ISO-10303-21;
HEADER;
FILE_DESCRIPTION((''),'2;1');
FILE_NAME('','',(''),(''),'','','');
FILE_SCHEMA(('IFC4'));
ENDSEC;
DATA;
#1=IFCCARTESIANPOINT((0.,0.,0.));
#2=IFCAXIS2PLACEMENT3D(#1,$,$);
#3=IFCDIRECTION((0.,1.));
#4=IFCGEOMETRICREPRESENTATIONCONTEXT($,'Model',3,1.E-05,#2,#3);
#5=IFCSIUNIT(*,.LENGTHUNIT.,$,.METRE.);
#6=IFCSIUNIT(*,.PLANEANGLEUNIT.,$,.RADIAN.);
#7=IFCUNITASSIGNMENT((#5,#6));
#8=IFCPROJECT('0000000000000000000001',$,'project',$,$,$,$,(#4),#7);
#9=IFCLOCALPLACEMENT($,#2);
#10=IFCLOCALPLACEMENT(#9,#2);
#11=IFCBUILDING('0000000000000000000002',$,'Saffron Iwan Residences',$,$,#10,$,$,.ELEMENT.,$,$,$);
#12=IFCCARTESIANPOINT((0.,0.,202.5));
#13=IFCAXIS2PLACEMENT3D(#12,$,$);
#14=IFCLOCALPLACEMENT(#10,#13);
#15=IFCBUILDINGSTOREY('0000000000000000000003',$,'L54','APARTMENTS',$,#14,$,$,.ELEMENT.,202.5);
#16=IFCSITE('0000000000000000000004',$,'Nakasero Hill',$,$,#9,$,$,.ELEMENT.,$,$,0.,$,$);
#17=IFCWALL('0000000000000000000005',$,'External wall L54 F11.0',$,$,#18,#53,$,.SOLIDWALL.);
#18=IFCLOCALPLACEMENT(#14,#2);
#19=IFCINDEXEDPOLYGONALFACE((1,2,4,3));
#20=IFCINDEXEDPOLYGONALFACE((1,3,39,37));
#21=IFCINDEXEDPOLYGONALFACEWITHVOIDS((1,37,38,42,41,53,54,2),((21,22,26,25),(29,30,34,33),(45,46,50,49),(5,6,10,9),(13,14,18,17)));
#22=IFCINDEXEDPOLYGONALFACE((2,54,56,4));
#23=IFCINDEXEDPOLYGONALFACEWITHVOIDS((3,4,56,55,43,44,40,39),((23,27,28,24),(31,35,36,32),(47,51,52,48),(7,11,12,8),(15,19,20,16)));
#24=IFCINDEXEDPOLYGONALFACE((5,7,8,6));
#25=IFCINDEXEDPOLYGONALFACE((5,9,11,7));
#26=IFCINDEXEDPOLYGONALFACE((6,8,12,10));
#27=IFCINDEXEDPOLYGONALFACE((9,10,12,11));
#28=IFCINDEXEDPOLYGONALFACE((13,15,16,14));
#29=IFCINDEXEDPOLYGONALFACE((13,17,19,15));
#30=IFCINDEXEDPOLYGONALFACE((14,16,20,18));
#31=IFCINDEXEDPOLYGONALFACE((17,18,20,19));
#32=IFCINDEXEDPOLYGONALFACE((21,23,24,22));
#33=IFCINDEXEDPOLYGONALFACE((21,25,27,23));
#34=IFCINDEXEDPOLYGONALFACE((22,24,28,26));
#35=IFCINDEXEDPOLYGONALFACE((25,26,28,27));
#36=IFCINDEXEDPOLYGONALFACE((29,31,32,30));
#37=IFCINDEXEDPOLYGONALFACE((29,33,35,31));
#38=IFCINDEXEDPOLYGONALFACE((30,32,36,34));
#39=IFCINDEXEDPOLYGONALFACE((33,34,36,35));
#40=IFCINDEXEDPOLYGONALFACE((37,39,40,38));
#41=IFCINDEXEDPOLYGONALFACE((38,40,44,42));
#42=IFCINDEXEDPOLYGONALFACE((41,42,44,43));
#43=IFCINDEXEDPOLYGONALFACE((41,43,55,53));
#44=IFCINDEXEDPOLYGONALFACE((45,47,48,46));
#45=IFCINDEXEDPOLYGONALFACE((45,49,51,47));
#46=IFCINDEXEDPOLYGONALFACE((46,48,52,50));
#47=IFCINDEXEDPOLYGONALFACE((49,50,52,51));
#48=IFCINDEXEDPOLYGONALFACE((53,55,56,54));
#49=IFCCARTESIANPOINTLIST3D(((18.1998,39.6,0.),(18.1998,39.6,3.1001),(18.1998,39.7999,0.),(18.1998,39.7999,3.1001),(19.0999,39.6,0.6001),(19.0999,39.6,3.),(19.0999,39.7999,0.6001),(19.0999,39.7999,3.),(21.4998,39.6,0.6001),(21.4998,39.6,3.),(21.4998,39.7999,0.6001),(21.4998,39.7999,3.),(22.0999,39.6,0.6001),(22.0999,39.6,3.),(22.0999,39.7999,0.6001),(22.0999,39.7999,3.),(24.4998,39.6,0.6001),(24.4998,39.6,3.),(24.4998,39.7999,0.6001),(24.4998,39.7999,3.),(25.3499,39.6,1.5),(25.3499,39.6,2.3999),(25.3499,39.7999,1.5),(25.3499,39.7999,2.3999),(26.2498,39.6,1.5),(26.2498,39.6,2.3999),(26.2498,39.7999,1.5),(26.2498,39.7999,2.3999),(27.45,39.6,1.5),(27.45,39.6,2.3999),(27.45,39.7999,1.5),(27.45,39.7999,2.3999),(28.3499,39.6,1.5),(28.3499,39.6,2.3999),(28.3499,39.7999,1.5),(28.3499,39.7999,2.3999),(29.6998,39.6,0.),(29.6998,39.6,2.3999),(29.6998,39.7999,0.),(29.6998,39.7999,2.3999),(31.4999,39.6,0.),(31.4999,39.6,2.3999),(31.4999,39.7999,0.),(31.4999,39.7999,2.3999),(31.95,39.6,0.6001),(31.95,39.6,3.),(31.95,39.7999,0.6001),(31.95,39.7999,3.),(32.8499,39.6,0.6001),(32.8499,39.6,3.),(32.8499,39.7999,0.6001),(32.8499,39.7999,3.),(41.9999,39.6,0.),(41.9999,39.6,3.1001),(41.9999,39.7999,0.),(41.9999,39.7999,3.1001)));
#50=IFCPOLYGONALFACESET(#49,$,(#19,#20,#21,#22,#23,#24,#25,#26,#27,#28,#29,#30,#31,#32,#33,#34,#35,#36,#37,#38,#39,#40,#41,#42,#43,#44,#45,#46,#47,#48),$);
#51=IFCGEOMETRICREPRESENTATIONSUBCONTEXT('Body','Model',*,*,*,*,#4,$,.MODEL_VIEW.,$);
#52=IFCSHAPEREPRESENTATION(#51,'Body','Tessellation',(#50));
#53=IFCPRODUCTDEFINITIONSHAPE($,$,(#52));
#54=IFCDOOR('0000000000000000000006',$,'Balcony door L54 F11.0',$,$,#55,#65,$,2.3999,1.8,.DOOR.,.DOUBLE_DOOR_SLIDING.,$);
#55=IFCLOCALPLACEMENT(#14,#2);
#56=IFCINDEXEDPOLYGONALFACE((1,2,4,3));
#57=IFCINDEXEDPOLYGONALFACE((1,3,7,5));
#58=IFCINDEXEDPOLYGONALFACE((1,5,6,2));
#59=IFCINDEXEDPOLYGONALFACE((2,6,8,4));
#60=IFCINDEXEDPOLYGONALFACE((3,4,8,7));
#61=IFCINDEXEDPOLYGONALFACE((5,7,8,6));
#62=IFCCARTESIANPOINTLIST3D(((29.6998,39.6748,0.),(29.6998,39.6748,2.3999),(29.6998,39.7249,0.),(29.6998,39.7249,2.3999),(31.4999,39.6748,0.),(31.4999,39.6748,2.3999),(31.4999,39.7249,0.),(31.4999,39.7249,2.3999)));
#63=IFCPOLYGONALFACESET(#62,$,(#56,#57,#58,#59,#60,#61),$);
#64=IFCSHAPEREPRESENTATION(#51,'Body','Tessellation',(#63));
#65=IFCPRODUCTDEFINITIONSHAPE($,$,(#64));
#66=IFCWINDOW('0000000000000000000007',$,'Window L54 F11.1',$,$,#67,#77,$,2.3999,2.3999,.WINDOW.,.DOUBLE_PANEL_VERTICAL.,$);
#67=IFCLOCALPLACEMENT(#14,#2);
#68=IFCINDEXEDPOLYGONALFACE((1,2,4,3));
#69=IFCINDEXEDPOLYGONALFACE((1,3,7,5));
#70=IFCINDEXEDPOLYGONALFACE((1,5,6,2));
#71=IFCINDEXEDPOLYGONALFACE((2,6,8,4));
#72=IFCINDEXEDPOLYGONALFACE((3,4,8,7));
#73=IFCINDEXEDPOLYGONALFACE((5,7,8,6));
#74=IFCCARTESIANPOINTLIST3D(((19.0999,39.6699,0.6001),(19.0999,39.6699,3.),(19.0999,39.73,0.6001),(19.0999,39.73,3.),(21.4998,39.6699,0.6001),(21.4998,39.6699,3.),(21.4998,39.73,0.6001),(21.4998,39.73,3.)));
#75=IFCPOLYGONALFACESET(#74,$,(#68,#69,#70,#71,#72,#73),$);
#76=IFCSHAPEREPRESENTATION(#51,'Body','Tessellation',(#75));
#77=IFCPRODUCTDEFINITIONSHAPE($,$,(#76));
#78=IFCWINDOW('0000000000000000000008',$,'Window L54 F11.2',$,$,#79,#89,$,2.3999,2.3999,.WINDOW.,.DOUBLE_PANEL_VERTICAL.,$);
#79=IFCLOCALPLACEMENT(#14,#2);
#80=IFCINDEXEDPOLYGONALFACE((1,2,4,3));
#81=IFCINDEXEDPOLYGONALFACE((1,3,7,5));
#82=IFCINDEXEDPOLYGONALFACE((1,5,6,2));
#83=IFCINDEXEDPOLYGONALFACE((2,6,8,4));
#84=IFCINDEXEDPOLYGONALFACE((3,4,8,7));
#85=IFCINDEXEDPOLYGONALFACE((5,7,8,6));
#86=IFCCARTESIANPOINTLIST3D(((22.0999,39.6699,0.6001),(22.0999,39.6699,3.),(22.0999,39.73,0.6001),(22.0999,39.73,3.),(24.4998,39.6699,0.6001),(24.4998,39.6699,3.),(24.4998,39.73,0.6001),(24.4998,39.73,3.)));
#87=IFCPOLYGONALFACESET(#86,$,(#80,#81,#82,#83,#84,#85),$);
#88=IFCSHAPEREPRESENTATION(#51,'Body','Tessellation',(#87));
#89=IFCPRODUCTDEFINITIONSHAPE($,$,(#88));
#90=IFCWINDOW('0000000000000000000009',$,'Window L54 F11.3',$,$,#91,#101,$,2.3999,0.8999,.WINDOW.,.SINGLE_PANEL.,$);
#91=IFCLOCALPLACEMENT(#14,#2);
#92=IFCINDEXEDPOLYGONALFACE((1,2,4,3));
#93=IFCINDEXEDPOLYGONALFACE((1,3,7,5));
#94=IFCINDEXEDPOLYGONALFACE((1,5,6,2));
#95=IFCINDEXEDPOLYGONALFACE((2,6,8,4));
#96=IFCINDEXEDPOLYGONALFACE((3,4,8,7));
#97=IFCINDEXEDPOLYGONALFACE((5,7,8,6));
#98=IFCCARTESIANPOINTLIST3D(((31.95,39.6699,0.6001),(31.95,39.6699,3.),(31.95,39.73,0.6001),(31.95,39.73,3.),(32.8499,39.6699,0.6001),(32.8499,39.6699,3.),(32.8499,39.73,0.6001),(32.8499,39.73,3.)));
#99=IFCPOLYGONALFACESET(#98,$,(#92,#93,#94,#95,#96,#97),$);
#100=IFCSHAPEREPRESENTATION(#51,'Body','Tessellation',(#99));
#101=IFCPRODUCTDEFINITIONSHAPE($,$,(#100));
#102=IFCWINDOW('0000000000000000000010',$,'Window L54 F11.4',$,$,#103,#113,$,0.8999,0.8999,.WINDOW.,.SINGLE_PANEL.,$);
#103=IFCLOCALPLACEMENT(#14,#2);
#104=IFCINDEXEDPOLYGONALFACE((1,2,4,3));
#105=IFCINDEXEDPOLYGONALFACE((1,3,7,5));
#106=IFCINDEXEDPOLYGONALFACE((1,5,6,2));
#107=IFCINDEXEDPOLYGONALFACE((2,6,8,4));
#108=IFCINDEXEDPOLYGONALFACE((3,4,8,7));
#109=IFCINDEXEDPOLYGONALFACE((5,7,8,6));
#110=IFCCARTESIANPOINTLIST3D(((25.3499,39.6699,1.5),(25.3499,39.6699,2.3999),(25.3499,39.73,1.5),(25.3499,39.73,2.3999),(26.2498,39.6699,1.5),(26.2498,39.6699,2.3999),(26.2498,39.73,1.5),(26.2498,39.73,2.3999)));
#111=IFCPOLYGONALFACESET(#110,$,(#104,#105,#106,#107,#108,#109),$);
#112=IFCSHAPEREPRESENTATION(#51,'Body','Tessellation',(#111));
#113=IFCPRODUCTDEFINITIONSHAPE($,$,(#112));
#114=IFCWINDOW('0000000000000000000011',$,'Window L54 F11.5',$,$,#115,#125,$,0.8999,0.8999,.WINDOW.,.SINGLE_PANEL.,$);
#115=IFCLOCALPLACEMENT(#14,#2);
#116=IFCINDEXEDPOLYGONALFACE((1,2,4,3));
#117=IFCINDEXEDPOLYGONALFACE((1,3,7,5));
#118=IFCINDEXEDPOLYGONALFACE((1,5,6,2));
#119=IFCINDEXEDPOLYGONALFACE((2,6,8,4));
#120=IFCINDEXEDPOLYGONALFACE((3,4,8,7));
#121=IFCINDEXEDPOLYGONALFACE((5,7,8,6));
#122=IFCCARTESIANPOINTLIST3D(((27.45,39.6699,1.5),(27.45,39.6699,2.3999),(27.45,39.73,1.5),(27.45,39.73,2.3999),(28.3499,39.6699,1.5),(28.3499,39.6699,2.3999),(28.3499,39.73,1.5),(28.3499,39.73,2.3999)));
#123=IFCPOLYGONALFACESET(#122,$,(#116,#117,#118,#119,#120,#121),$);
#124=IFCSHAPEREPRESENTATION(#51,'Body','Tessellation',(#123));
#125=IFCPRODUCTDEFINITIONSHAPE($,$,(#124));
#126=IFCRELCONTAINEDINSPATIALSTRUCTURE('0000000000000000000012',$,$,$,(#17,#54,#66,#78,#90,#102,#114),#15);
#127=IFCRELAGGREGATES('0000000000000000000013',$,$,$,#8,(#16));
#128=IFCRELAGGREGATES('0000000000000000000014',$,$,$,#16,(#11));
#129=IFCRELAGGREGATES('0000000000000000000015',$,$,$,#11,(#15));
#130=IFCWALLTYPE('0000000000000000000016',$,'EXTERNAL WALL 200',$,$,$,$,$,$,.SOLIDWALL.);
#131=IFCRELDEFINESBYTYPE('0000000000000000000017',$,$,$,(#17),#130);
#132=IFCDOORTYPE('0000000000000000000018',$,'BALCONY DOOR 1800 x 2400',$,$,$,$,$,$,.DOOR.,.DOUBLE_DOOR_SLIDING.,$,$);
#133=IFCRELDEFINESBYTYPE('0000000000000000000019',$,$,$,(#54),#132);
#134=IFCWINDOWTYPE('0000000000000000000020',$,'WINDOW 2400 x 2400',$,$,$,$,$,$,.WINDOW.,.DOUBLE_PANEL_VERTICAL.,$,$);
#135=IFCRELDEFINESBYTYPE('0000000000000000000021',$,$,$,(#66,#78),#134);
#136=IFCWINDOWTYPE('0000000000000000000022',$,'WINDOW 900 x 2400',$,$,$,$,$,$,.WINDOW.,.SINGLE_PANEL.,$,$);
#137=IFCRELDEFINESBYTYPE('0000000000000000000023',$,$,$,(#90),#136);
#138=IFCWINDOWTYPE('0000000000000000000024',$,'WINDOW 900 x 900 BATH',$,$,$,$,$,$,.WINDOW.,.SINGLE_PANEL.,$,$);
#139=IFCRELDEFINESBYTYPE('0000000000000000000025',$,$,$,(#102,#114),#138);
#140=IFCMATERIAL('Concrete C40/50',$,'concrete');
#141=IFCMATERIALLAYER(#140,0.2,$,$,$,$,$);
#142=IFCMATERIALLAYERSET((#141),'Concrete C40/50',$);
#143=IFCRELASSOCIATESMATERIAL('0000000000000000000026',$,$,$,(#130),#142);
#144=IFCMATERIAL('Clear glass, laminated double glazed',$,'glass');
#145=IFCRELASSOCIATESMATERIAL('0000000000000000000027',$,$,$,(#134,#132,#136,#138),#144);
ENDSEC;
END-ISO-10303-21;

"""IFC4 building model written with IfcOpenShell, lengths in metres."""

from ifc_helpers import new_model, si_unit, direction, frame, frame_2d, origin, place, context, subcontext, project, spatial, rectangle, extrude, material, layer, layer_set, type_object, element, fill, save


model = new_model("IFC4")

# Units and contexts
model_context = context("Model", 3, precision=1e-05, world=origin(), true_north=direction((0.0, 1.0)))
body_context = subcontext(model_context, "Body", "Model", "MODEL_VIEW")
ifc_project = project(units=[si_unit("LENGTHUNIT", "METRE"), si_unit("PLANEANGLEUNIT", "RADIAN")], contexts=[model_context])

# Site, building, storey
site_placement = place(None, origin())
site = spatial("IfcSite", under=ifc_project, at=site_placement, Name="Nakasero Hill", CompositionType="ELEMENT", RefElevation=0.0)
building_placement = place(site_placement, origin())
building = spatial("IfcBuilding", under=site, at=building_placement, Name="Saffron Iwan Residences", CompositionType="ELEMENT")
storey_placement = place(building_placement, frame((0.0, 0.0, 202.5)))
storey = spatial("IfcBuildingStorey", under=building, at=storey_placement, Name="L54", Description="APARTMENTS", CompositionType="ELEMENT", Elevation=202.5)

# Shared definitions
ifc_material_1 = material(Name="Concrete C40/50", Category="concrete")
ifc_layer_1 = layer(ifc_material_1, 0.2)
ifc_layer_set_1 = layer_set([ifc_layer_1], Name="Concrete C40/50")
wall_type_1 = type_object("IfcWallType", Name="EXTERNAL WALL 200", PredefinedType="SOLIDWALL", material=ifc_layer_set_1)
ifc_material_2 = material(Name="Clear glass, laminated double glazed", Category="glass")
window_type_1 = type_object("IfcWindowType", Name="WINDOW 2400 x 2400", PartitioningType="DOUBLE_PANEL_VERTICAL", PredefinedType="WINDOW", material=ifc_material_2)

# Wall, openings, door, windows
wall_1_placement = place(storey_placement, frame((18.2, 39.7, 0.0), z_axis=(0.0, 0.0, 1.0), x_axis=(1.0, 0.0, 0.0)))
wall_1 = element("IfcWall", 1, at=wall_1_placement, inside=storey, type_object=wall_type_1, Name="External wall L54 F11.0", PredefinedType="SOLIDWALL", context=body_context, shape_type="SweptSolid", body=[
    extrude(rectangle(XDim=23.8, YDim=0.2, at=frame_2d((11.8999, 0.0))), origin(), (0.0, 0.0, 1.0), 3.1001),
])
opening_1_placement = place(wall_1_placement, frame((11.5, 0.0, 0.0)))
opening_1 = element("IfcOpeningElement", 2, at=opening_1_placement, cuts=wall_1, PredefinedType="OPENING", context=body_context, shape_type="SweptSolid", body=[
    extrude(rectangle(XDim=1.8, YDim=2.3999, at=frame_2d((0.8999, 1.2))), frame((0.0, 0.1099, 0.0), z_axis=(0.0, -1.0, 0.0), x_axis=(1.0, 0.0, 0.0)), (0.0, 0.0, 1.0), 0.22),
])
opening_2_placement = place(wall_1_placement, frame((0.8999, 0.0, 0.6001)))
opening_2 = element("IfcOpeningElement", 3, at=opening_2_placement, cuts=wall_1, PredefinedType="OPENING", context=body_context, shape_type="SweptSolid", body=[
    extrude(rectangle(XDim=2.3999, YDim=2.3999, at=frame_2d((1.2, 1.2))), frame((0.0, 0.1099, 0.0), z_axis=(0.0, -1.0, 0.0), x_axis=(1.0, 0.0, 0.0)), (0.0, 0.0, 1.0), 0.22),
])
opening_3_placement = place(wall_1_placement, frame((3.8999, 0.0, 0.6001)))
opening_3 = element("IfcOpeningElement", 4, at=opening_3_placement, cuts=wall_1, PredefinedType="OPENING", context=body_context, shape_type="SweptSolid", body=[
    extrude(rectangle(XDim=2.3999, YDim=2.3999, at=frame_2d((1.2, 1.2))), frame((0.0, 0.1099, 0.0), z_axis=(0.0, -1.0, 0.0), x_axis=(1.0, 0.0, 0.0)), (0.0, 0.0, 1.0), 0.22),
])
opening_4_placement = place(wall_1_placement, frame((13.75, 0.0, 0.6001)))
opening_4 = element("IfcOpeningElement", 5, at=opening_4_placement, cuts=wall_1, PredefinedType="OPENING", context=body_context, shape_type="SweptSolid", body=[
    extrude(rectangle(XDim=0.8999, YDim=2.3999, at=frame_2d((0.45, 1.2))), frame((0.0, 0.1099, 0.0), z_axis=(0.0, -1.0, 0.0), x_axis=(1.0, 0.0, 0.0)), (0.0, 0.0, 1.0), 0.22),
])
opening_5_placement = place(wall_1_placement, frame((7.1499, 0.0, 1.5)))
opening_5 = element("IfcOpeningElement", 6, at=opening_5_placement, cuts=wall_1, PredefinedType="OPENING", context=body_context, shape_type="SweptSolid", body=[
    extrude(rectangle(XDim=0.8999, YDim=0.8999, at=frame_2d((0.45, 0.45))), frame((0.0, 0.1099, 0.0), z_axis=(0.0, -1.0, 0.0), x_axis=(1.0, 0.0, 0.0)), (0.0, 0.0, 1.0), 0.22),
])
opening_6_placement = place(wall_1_placement, frame((9.25, 0.0, 1.5)))
opening_6 = element("IfcOpeningElement", 7, at=opening_6_placement, cuts=wall_1, PredefinedType="OPENING", context=body_context, shape_type="SweptSolid", body=[
    extrude(rectangle(XDim=0.8999, YDim=0.8999, at=frame_2d((0.45, 0.45))), frame((0.0, 0.1099, 0.0), z_axis=(0.0, -1.0, 0.0), x_axis=(1.0, 0.0, 0.0)), (0.0, 0.0, 1.0), 0.22),
])
door_type_1 = type_object("IfcDoorType", Name="BALCONY DOOR 1800 x 2400", OperationType="DOUBLE_DOOR_SLIDING", PredefinedType="DOOR", material=ifc_material_2)
door_1_placement = place(opening_1_placement, origin())
door_1 = element("IfcDoor", 8, at=door_1_placement, inside=storey, type_object=door_type_1, Name="Balcony door L54 F11.0", OperationType="DOUBLE_DOOR_SLIDING", OverallHeight=2.3999, OverallWidth=1.8, PredefinedType="DOOR", context=body_context, shape_type="SweptSolid", body=[
    extrude(rectangle(XDim=1.8, YDim=2.3999, at=frame_2d((0.8999, 1.2))), frame((0.0, 0.0249, 0.0), z_axis=(0.0, -1.0, 0.0), x_axis=(1.0, 0.0, 0.0)), (0.0, 0.0, 1.0), 0.05),
])
fill(opening_1, door_1)
window_1_placement = place(opening_2_placement, origin())
window_1 = element("IfcWindow", 9, at=window_1_placement, inside=storey, type_object=window_type_1, Name="Window L54 F11.1", OverallHeight=2.3999, OverallWidth=2.3999, PartitioningType="DOUBLE_PANEL_VERTICAL", PredefinedType="WINDOW", context=body_context, shape_type="SweptSolid", body=[
    extrude(rectangle(XDim=2.3999, YDim=2.3999, at=frame_2d((1.2, 1.2))), frame((0.0, 0.03, 0.0), z_axis=(0.0, -1.0, 0.0), x_axis=(1.0, 0.0, 0.0)), (0.0, 0.0, 1.0), 0.0601),
])
fill(opening_2, window_1)
window_2_placement = place(opening_3_placement, origin())
window_2 = element("IfcWindow", 10, at=window_2_placement, inside=storey, type_object=window_type_1, Name="Window L54 F11.2", OverallHeight=2.3999, OverallWidth=2.3999, PartitioningType="DOUBLE_PANEL_VERTICAL", PredefinedType="WINDOW", context=body_context, shape_type="SweptSolid", body=[
    extrude(rectangle(XDim=2.3999, YDim=2.3999, at=frame_2d((1.2, 1.2))), frame((0.0, 0.03, 0.0), z_axis=(0.0, -1.0, 0.0), x_axis=(1.0, 0.0, 0.0)), (0.0, 0.0, 1.0), 0.0601),
])
fill(opening_3, window_2)
window_type_2 = type_object("IfcWindowType", Name="WINDOW 900 x 2400", PartitioningType="SINGLE_PANEL", PredefinedType="WINDOW", material=ifc_material_2)
window_3_placement = place(opening_4_placement, origin())
window_3 = element("IfcWindow", 11, at=window_3_placement, inside=storey, type_object=window_type_2, Name="Window L54 F11.3", OverallHeight=2.3999, OverallWidth=0.8999, PartitioningType="SINGLE_PANEL", PredefinedType="WINDOW", context=body_context, shape_type="SweptSolid", body=[
    extrude(rectangle(XDim=0.8999, YDim=2.3999, at=frame_2d((0.45, 1.2))), frame((0.0, 0.03, 0.0), z_axis=(0.0, -1.0, 0.0), x_axis=(1.0, 0.0, 0.0)), (0.0, 0.0, 1.0), 0.0601),
])
fill(opening_4, window_3)
window_type_3 = type_object("IfcWindowType", Name="WINDOW 900 x 900 BATH", PartitioningType="SINGLE_PANEL", PredefinedType="WINDOW", material=ifc_material_2)
window_4_placement = place(opening_5_placement, origin())
window_4 = element("IfcWindow", 12, at=window_4_placement, inside=storey, type_object=window_type_3, Name="Window L54 F11.4", OverallHeight=0.8999, OverallWidth=0.8999, PartitioningType="SINGLE_PANEL", PredefinedType="WINDOW", context=body_context, shape_type="SweptSolid", body=[
    extrude(rectangle(XDim=0.8999, YDim=0.8999, at=frame_2d((0.45, 0.45))), frame((0.0, 0.03, 0.0), z_axis=(0.0, -1.0, 0.0), x_axis=(1.0, 0.0, 0.0)), (0.0, 0.0, 1.0), 0.0601),
])
fill(opening_5, window_4)
window_5_placement = place(opening_6_placement, origin())
window_5 = element("IfcWindow", 13, at=window_5_placement, inside=storey, type_object=window_type_3, Name="Window L54 F11.5", OverallHeight=0.8999, OverallWidth=0.8999, PartitioningType="SINGLE_PANEL", PredefinedType="WINDOW", context=body_context, shape_type="SweptSolid", body=[
    extrude(rectangle(XDim=0.8999, YDim=0.8999, at=frame_2d((0.45, 0.45))), frame((0.0, 0.03, 0.0), z_axis=(0.0, -1.0, 0.0), x_axis=(1.0, 0.0, 0.0)), (0.0, 0.0, 1.0), 0.0601),
])
fill(opening_6, window_5)

save(model, "model.ifc")
